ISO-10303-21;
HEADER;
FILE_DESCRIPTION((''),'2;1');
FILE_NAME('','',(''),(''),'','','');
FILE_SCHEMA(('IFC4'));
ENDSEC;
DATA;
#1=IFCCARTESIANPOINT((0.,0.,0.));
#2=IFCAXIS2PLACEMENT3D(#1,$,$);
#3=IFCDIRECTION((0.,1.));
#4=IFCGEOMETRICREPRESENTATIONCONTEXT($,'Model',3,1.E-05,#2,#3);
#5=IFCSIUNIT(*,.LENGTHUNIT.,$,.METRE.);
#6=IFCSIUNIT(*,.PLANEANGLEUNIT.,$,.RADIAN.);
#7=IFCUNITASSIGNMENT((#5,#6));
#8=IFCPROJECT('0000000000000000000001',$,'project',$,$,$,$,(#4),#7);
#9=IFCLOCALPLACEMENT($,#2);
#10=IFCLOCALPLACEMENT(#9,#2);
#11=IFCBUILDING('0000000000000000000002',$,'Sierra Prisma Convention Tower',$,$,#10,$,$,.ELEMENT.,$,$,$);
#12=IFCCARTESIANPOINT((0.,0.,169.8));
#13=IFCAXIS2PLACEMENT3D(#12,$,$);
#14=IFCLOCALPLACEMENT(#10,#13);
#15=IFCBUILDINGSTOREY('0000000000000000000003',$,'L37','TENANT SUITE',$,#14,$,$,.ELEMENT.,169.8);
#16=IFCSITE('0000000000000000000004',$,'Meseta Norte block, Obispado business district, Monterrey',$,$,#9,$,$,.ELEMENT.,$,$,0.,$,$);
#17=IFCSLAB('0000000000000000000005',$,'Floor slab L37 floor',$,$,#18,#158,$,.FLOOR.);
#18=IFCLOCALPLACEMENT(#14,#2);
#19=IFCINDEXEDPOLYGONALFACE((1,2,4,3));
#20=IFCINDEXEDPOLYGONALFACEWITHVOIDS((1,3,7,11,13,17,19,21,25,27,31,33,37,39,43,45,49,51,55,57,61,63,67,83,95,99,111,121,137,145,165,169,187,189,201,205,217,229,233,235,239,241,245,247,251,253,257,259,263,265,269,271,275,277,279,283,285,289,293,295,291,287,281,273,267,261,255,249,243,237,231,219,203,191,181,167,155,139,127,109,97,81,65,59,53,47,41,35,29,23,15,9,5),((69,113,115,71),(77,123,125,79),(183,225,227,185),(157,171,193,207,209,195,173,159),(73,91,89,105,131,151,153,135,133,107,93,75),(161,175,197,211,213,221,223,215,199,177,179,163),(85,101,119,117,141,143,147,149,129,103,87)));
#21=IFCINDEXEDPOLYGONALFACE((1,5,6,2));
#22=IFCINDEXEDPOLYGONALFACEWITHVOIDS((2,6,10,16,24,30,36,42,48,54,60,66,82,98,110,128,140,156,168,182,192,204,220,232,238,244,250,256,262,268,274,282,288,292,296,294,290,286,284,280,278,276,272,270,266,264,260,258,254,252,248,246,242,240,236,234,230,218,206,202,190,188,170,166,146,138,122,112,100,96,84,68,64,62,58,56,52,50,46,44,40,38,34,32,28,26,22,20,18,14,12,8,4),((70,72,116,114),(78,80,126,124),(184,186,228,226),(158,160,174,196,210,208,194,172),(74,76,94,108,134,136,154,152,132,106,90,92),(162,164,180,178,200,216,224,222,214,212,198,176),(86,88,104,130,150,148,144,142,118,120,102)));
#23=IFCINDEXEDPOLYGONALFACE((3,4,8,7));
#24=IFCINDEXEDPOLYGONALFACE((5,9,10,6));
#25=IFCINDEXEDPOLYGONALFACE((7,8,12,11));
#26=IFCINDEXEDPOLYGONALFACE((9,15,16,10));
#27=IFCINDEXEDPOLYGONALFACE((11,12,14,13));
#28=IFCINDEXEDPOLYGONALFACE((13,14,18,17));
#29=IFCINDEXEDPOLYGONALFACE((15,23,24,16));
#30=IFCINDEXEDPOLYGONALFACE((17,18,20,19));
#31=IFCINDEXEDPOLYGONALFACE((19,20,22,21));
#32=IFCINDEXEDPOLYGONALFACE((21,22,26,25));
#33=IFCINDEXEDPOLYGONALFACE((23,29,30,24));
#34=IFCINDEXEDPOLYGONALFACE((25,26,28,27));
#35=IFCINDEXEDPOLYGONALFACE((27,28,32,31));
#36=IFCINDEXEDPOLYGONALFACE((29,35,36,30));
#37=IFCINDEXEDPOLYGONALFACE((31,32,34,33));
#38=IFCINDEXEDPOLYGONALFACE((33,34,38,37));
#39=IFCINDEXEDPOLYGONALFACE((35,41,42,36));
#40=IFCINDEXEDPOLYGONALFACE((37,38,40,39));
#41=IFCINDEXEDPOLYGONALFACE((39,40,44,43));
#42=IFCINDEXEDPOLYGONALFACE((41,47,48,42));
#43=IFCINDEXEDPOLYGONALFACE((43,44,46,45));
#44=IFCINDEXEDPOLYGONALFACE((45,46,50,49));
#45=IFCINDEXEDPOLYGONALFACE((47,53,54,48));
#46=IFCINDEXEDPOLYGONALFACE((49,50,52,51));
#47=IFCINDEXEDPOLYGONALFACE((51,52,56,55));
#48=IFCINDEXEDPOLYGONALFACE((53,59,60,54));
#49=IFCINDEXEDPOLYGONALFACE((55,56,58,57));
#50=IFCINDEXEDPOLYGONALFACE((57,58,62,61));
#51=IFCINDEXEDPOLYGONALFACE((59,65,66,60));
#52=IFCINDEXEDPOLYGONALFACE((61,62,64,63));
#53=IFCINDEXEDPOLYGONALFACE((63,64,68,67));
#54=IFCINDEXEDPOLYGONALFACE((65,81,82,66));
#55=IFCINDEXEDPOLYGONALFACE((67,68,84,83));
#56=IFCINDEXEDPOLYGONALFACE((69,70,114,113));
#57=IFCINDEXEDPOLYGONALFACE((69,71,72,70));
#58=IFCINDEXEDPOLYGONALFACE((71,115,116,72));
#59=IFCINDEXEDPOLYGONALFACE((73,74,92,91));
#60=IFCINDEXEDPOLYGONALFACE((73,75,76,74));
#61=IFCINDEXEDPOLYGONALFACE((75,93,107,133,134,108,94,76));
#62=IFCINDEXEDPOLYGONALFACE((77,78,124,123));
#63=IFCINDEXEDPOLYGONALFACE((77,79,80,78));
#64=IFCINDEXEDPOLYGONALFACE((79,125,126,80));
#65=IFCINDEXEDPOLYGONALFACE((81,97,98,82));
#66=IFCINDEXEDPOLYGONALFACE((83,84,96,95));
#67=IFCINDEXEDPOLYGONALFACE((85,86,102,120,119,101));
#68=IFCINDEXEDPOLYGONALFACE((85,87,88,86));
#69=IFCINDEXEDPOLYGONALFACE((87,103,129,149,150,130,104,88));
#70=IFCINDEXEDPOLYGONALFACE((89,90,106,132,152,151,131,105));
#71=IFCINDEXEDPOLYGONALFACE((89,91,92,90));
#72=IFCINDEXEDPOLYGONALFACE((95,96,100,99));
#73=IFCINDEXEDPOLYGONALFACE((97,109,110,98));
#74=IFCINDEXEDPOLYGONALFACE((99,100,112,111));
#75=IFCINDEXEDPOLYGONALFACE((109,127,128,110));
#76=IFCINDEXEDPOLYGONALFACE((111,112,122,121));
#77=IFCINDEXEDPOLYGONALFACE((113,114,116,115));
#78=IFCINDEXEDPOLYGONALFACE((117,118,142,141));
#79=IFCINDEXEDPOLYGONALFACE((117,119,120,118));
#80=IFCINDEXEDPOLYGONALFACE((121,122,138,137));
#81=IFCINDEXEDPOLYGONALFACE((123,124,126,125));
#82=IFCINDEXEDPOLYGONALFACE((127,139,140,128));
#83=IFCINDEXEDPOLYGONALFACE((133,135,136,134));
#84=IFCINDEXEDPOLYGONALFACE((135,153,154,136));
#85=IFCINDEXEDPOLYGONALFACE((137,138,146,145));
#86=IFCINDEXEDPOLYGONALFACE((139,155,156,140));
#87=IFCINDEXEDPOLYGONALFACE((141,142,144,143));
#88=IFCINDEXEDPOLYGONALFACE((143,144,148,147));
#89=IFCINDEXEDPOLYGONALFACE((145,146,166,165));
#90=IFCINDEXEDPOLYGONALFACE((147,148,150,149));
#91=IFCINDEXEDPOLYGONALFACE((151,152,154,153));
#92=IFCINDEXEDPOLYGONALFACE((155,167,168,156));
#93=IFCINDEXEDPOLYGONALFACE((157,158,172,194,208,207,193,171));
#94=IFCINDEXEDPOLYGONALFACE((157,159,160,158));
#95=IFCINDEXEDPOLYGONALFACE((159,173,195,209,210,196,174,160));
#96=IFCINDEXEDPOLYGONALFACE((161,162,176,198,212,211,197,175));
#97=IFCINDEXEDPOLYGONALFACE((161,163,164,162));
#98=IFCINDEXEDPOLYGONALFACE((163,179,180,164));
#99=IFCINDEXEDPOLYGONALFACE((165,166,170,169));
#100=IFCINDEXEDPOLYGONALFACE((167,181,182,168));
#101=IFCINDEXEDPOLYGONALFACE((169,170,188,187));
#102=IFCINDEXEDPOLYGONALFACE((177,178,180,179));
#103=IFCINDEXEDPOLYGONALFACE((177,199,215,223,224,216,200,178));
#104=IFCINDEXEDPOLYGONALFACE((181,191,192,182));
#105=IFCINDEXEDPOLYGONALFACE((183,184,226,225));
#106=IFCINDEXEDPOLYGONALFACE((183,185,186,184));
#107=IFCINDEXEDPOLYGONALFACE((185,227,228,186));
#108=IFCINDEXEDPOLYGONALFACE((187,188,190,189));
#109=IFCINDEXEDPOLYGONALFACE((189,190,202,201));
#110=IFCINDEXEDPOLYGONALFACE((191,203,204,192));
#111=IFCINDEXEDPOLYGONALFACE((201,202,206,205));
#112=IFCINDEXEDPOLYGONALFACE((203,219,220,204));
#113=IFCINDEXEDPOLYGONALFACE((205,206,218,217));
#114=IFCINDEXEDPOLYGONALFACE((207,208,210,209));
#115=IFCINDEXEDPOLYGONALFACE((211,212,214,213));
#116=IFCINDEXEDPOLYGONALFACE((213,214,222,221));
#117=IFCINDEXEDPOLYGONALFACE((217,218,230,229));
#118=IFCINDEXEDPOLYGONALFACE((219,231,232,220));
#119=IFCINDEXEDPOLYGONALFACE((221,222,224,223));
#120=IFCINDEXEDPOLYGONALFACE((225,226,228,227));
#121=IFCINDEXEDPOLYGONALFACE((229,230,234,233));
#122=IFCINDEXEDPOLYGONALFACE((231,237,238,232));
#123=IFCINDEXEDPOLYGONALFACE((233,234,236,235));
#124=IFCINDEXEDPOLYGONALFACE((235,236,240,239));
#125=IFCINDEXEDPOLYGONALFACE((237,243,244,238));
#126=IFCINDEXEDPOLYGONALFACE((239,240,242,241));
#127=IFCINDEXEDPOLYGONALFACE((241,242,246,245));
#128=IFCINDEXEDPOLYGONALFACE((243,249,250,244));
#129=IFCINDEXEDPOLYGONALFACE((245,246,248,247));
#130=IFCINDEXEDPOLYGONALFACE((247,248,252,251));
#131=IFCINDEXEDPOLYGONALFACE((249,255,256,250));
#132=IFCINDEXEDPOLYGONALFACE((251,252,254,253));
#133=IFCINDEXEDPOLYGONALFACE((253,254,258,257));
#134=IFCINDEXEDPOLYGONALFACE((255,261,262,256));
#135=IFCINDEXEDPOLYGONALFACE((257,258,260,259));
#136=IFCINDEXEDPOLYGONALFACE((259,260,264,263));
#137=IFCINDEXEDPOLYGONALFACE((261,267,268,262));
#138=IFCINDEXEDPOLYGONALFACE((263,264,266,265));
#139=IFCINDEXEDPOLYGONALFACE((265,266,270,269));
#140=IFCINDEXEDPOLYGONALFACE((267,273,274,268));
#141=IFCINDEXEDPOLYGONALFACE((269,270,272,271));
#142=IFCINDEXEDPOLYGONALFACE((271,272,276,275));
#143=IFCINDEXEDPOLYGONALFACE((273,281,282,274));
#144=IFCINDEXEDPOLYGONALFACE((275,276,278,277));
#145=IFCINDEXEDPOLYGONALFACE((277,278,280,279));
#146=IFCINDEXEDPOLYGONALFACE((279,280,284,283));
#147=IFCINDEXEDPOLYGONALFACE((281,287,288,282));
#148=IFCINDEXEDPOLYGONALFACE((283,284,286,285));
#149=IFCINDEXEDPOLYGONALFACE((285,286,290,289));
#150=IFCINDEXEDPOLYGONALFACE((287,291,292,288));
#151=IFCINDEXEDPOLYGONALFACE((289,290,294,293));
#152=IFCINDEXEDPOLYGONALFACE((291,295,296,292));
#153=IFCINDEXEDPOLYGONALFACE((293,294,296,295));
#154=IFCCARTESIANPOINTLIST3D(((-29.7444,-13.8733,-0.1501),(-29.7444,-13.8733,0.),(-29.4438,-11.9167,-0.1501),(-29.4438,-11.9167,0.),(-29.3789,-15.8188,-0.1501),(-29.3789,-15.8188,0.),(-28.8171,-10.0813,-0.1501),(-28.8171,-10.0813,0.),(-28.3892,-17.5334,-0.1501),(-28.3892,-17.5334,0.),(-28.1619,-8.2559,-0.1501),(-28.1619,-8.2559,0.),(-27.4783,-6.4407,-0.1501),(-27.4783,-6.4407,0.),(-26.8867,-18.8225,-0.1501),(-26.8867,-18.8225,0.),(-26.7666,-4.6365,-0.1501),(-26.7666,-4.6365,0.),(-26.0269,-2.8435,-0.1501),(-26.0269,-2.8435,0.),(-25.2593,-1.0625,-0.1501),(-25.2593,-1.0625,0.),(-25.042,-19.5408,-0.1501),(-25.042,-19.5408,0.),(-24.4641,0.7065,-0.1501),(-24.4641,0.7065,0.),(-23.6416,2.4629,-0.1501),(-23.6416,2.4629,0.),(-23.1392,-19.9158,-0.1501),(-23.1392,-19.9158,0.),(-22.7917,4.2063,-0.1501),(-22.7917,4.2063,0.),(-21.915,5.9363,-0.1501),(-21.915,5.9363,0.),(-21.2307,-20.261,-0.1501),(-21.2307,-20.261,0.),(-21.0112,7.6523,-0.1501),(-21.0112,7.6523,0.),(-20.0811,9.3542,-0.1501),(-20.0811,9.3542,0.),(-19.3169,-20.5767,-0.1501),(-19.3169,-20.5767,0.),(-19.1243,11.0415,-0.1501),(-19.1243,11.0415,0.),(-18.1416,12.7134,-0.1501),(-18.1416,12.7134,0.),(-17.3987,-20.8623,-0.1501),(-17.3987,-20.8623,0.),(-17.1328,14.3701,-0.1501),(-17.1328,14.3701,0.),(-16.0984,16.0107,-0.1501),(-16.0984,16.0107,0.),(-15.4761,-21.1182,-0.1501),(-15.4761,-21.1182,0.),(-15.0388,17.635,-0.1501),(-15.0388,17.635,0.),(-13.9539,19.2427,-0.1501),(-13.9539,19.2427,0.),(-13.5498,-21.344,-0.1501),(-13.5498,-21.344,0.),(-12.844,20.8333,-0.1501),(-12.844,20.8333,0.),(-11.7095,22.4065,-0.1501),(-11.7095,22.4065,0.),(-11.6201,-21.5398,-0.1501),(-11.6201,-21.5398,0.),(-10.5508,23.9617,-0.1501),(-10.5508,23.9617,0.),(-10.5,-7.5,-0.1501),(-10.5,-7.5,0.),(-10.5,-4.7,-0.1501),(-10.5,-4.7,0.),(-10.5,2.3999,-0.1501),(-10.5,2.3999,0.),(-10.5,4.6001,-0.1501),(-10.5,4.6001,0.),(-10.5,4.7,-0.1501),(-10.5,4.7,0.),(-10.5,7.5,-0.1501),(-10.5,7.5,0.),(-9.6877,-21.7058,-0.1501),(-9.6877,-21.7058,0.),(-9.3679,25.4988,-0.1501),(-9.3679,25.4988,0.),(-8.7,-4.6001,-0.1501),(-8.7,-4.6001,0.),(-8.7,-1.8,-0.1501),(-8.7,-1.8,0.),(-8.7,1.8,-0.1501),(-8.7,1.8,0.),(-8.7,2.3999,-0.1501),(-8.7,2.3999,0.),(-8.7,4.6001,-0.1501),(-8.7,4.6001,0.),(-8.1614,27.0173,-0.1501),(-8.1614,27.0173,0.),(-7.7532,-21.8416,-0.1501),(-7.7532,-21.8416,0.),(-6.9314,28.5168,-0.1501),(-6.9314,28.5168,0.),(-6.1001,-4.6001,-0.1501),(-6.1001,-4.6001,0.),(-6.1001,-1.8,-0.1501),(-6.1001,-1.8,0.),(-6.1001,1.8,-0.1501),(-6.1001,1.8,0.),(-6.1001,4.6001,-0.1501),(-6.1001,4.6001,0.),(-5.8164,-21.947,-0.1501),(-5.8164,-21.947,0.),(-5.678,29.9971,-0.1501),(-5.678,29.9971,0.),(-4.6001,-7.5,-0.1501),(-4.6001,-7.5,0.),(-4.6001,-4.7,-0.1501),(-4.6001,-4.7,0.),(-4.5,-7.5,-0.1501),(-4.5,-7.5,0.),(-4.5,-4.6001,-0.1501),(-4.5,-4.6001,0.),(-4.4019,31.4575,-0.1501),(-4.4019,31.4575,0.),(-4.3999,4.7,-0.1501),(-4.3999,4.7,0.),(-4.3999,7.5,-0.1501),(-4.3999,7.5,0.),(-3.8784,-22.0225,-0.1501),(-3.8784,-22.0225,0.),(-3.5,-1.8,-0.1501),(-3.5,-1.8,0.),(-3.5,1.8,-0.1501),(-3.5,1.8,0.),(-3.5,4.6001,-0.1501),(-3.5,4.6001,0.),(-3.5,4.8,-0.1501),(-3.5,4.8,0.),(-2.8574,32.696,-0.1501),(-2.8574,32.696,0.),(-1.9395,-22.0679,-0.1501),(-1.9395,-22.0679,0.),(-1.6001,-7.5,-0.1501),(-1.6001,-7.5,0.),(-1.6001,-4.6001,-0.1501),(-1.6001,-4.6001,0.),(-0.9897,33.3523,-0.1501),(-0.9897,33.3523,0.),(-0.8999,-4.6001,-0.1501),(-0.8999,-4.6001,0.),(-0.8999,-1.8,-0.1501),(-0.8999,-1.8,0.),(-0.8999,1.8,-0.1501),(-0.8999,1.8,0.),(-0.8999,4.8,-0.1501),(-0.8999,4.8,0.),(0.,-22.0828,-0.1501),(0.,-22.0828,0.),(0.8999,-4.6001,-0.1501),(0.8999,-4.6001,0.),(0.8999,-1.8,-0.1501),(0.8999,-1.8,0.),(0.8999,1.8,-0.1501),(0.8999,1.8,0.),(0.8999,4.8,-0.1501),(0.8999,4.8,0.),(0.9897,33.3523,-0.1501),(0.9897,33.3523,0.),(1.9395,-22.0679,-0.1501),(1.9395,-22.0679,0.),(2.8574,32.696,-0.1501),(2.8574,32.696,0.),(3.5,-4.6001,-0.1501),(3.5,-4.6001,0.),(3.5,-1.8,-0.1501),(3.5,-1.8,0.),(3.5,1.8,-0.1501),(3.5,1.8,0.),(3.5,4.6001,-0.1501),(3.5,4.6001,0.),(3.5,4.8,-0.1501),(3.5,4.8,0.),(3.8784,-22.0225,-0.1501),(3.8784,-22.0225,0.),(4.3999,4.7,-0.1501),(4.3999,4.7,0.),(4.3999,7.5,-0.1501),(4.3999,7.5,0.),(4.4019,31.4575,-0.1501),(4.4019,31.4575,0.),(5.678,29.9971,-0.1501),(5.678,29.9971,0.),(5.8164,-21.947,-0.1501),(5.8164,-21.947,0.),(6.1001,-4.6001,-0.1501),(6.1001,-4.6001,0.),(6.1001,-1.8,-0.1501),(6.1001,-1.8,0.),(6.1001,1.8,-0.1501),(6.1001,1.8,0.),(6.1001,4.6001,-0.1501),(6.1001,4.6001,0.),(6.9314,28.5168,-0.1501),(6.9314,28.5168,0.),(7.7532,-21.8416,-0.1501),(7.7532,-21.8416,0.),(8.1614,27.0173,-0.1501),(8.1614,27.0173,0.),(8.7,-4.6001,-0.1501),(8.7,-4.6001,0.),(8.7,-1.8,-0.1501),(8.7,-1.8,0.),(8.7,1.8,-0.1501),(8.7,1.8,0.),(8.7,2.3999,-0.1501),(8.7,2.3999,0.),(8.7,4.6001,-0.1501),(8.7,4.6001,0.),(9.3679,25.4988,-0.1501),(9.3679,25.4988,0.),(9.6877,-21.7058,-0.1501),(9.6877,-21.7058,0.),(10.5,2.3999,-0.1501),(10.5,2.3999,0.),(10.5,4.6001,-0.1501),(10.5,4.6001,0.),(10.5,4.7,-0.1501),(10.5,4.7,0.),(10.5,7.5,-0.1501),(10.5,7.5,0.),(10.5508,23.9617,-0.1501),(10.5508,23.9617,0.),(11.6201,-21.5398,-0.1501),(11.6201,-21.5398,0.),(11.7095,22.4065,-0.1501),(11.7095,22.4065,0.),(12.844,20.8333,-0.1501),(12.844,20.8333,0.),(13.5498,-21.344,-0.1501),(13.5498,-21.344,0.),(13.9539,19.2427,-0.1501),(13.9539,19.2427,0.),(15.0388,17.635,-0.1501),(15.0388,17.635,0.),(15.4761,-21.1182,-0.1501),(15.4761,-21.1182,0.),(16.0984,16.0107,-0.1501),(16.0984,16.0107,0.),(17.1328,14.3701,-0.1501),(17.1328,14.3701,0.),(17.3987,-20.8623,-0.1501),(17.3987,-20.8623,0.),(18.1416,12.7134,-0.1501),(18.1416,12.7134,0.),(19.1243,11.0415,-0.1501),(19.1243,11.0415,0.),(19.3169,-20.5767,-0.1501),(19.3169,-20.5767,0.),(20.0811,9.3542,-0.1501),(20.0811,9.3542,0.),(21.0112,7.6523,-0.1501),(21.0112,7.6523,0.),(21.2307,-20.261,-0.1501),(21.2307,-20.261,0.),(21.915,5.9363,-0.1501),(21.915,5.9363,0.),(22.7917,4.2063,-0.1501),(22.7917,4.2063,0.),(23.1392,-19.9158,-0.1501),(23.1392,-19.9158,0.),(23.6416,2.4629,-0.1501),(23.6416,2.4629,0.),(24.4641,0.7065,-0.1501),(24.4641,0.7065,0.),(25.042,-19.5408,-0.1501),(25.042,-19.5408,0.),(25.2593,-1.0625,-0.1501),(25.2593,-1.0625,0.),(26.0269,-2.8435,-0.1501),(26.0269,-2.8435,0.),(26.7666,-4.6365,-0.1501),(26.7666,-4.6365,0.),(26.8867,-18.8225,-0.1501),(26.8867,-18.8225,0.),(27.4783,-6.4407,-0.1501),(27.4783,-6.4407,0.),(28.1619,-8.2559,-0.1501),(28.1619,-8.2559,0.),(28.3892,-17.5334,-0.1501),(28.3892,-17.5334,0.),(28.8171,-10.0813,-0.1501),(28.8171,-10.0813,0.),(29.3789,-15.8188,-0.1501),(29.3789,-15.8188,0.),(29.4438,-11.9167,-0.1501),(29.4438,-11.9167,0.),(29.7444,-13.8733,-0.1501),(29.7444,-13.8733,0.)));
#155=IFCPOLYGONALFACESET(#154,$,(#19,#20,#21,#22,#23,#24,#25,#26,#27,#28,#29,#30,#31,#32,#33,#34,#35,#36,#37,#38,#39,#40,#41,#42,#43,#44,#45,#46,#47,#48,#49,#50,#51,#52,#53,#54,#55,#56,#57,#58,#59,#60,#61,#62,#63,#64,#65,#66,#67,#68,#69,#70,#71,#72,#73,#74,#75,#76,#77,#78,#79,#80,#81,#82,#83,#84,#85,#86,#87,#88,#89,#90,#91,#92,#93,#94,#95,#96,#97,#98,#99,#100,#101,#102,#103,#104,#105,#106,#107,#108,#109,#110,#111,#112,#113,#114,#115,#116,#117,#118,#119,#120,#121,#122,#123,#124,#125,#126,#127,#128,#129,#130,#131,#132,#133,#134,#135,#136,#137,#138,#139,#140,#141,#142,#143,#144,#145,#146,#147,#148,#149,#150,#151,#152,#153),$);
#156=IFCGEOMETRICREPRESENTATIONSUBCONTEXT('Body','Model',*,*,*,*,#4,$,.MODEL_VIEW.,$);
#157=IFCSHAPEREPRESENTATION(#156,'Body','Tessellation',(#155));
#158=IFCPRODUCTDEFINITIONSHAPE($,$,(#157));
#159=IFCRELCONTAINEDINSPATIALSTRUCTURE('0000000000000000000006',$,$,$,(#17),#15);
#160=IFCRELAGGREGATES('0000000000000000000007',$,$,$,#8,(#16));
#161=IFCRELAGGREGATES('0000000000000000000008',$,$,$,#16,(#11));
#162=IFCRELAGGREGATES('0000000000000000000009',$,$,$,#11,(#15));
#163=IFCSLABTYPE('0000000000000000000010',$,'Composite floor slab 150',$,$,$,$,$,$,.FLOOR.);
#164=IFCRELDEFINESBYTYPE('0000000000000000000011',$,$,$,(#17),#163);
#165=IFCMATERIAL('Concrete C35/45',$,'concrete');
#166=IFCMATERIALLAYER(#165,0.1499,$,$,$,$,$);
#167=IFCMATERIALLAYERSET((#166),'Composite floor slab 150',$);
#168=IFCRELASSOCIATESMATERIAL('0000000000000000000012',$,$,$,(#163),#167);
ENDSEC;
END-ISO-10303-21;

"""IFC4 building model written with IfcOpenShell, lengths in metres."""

from ifc_helpers import new_model, si_unit, direction, frame, origin, place, context, subcontext, project, spatial, polyline, outline, extrude, material, layer, layer_set, type_object, element, save


model = new_model("IFC4")

# Units and contexts
model_context = context("Model", 3, precision=1e-05, world=origin(), true_north=direction((0.0, 1.0)))
body_context = subcontext(model_context, "Body", "Model", "MODEL_VIEW")
ifc_project = project(units=[si_unit("LENGTHUNIT", "METRE"), si_unit("PLANEANGLEUNIT", "RADIAN")], contexts=[model_context])

# Site, building, storey
site_placement = place(None, origin())
site = spatial("IfcSite", under=ifc_project, at=site_placement, Name="Meseta Norte block, Obispado business district, Monterrey", CompositionType="ELEMENT", RefElevation=0.0)
building_placement = place(site_placement, origin())
building = spatial("IfcBuilding", under=site, at=building_placement, Name="Sierra Prisma Convention Tower", CompositionType="ELEMENT")
storey_placement = place(building_placement, frame((0.0, 0.0, 169.8)))
storey = spatial("IfcBuildingStorey", under=building, at=storey_placement, Name="L37", Description="TENANT SUITE", CompositionType="ELEMENT", Elevation=169.8)

# Slab
ifc_material_1 = material(Name="Concrete C35/45", Category="concrete")
ifc_layer_1 = layer(ifc_material_1, 0.1499)
ifc_layer_set_1 = layer_set([ifc_layer_1], Name="Composite floor slab 150")
slab_type = type_object("IfcSlabType", Name="Composite floor slab 150", PredefinedType="FLOOR", material=ifc_layer_set_1)
slab_placement = place(storey_placement, frame((0.0, 0.0, -0.1501)))
element("IfcSlab", 1, at=slab_placement, inside=storey, type_object=slab_type, Name="Floor slab L37 floor", PredefinedType="FLOOR", context=body_context, shape_type="SweptSolid", body=[
    extrude(outline(polyline([(-25.042, -19.5408), (-23.1392, -19.9158), (-21.2307, -20.261), (-19.3169, -20.5767), (-17.3987, -20.8623), (-15.4761, -21.1182), (-13.5498, -21.344), (-11.6201, -21.5398), (-9.6877, -21.7058), (-7.7532, -21.8416), (-5.8164, -21.947), (-3.8784, -22.0225), (-1.9395, -22.0679), (0.0, -22.0828), (1.9395, -22.0679), (3.8784, -22.0225), (5.8164, -21.947), (7.7532, -21.8416), (9.6877, -21.7058), (11.6201, -21.5398), (13.5498, -21.344), (15.4761, -21.1182), (17.3987, -20.8623), (19.3169, -20.5767), (21.2307, -20.261), (23.1392, -19.9158), (25.042, -19.5408), (26.8867, -18.8225), (28.3892, -17.5334), (29.3789, -15.8188), (29.7444, -13.8733), (29.4438, -11.9167), (28.8171, -10.0813), (28.1619, -8.2559), (27.4783, -6.4407), (26.7666, -4.6365), (26.0269, -2.8435), (25.2593, -1.0625), (24.4641, 0.7065), (23.6416, 2.4629), (22.7917, 4.2063), (21.915, 5.9363), (21.0112, 7.6523), (20.0811, 9.3542), (19.1243, 11.0415), (18.1416, 12.7134), (17.1328, 14.3701), (16.0984, 16.0107), (15.0388, 17.635), (13.9539, 19.2427), (12.844, 20.8333), (11.7095, 22.4065), (10.5508, 23.9617), (9.3679, 25.4988), (8.1614, 27.0173), (6.9314, 28.5168), (5.678, 29.9971), (4.4019, 31.4575), (2.8574, 32.696), (0.9897, 33.3523), (-0.9897, 33.3523), (-2.8574, 32.696), (-4.4019, 31.4575), (-5.678, 29.9971), (-6.9314, 28.5168), (-8.1614, 27.0173), (-9.3679, 25.4988), (-10.5508, 23.9617), (-11.7095, 22.4065), (-12.844, 20.8333), (-13.9539, 19.2427), (-15.0388, 17.635), (-16.0984, 16.0107), (-17.1328, 14.3701), (-18.1416, 12.7134), (-19.1243, 11.0415), (-20.0811, 9.3542), (-21.0112, 7.6523), (-21.915, 5.9363), (-22.7917, 4.2063), (-23.6416, 2.4629), (-24.4641, 0.7065), (-25.2593, -1.0625), (-26.0269, -2.8435), (-26.7666, -4.6365), (-27.4783, -6.4407), (-28.1619, -8.2559), (-28.8171, -10.0813), (-29.4438, -11.9167), (-29.7444, -13.8733), (-29.3789, -15.8188), (-28.3892, -17.5334), (-26.8867, -18.8225), (-25.042, -19.5408)]), holes=[polyline([(-4.6001, -7.5), (-10.5, -7.5), (-10.5, -4.7), (-4.6001, -4.7), (-4.6001, -7.5)]), polyline([(-8.7, -4.6001), (-8.7, -1.8), (-6.1001, -1.8), (-3.5, -1.8), (-0.8999, -1.8), (-0.8999, -4.6001), (-1.6001, -4.6001), (-1.6001, -7.5), (-4.5, -7.5), (-4.5, -4.6001), (-6.1001, -4.6001), (-8.7, -4.6001)]), polyline([(-10.5, 4.6001), (-8.7, 4.6001), (-6.1001, 4.6001), (-3.5, 4.6001), (-3.5, 4.8), (-0.8999, 4.8), (-0.8999, 1.8), (-3.5, 1.8), (-6.1001, 1.8), (-8.7, 1.8), (-8.7, 2.3999), (-10.5, 2.3999), (-10.5, 4.6001)]), polyline([(-10.5, 4.7), (-10.5, 7.5), (-4.3999, 7.5), (-4.3999, 4.7), (-10.5, 4.7)]), polyline([(6.1001, -1.8), (8.7, -1.8), (8.7, -4.6001), (6.1001, -4.6001), (3.5, -4.6001), (0.8999, -4.6001), (0.8999, -1.8), (3.5, -1.8), (6.1001, -1.8)]), polyline([(8.7, 4.6001), (10.5, 4.6001), (10.5, 2.3999), (8.7, 2.3999), (8.7, 1.8), (6.1001, 1.8), (3.5, 1.8), (0.8999, 1.8), (0.8999, 4.8), (3.5, 4.8), (3.5, 4.6001), (6.1001, 4.6001), (8.7, 4.6001)]), polyline([(4.3999, 4.7), (4.3999, 7.5), (10.5, 7.5), (10.5, 4.7), (4.3999, 4.7)])]), origin(), (0.0, 0.0, 1.0), 0.1501),
])

save(model, "model.ifc")
